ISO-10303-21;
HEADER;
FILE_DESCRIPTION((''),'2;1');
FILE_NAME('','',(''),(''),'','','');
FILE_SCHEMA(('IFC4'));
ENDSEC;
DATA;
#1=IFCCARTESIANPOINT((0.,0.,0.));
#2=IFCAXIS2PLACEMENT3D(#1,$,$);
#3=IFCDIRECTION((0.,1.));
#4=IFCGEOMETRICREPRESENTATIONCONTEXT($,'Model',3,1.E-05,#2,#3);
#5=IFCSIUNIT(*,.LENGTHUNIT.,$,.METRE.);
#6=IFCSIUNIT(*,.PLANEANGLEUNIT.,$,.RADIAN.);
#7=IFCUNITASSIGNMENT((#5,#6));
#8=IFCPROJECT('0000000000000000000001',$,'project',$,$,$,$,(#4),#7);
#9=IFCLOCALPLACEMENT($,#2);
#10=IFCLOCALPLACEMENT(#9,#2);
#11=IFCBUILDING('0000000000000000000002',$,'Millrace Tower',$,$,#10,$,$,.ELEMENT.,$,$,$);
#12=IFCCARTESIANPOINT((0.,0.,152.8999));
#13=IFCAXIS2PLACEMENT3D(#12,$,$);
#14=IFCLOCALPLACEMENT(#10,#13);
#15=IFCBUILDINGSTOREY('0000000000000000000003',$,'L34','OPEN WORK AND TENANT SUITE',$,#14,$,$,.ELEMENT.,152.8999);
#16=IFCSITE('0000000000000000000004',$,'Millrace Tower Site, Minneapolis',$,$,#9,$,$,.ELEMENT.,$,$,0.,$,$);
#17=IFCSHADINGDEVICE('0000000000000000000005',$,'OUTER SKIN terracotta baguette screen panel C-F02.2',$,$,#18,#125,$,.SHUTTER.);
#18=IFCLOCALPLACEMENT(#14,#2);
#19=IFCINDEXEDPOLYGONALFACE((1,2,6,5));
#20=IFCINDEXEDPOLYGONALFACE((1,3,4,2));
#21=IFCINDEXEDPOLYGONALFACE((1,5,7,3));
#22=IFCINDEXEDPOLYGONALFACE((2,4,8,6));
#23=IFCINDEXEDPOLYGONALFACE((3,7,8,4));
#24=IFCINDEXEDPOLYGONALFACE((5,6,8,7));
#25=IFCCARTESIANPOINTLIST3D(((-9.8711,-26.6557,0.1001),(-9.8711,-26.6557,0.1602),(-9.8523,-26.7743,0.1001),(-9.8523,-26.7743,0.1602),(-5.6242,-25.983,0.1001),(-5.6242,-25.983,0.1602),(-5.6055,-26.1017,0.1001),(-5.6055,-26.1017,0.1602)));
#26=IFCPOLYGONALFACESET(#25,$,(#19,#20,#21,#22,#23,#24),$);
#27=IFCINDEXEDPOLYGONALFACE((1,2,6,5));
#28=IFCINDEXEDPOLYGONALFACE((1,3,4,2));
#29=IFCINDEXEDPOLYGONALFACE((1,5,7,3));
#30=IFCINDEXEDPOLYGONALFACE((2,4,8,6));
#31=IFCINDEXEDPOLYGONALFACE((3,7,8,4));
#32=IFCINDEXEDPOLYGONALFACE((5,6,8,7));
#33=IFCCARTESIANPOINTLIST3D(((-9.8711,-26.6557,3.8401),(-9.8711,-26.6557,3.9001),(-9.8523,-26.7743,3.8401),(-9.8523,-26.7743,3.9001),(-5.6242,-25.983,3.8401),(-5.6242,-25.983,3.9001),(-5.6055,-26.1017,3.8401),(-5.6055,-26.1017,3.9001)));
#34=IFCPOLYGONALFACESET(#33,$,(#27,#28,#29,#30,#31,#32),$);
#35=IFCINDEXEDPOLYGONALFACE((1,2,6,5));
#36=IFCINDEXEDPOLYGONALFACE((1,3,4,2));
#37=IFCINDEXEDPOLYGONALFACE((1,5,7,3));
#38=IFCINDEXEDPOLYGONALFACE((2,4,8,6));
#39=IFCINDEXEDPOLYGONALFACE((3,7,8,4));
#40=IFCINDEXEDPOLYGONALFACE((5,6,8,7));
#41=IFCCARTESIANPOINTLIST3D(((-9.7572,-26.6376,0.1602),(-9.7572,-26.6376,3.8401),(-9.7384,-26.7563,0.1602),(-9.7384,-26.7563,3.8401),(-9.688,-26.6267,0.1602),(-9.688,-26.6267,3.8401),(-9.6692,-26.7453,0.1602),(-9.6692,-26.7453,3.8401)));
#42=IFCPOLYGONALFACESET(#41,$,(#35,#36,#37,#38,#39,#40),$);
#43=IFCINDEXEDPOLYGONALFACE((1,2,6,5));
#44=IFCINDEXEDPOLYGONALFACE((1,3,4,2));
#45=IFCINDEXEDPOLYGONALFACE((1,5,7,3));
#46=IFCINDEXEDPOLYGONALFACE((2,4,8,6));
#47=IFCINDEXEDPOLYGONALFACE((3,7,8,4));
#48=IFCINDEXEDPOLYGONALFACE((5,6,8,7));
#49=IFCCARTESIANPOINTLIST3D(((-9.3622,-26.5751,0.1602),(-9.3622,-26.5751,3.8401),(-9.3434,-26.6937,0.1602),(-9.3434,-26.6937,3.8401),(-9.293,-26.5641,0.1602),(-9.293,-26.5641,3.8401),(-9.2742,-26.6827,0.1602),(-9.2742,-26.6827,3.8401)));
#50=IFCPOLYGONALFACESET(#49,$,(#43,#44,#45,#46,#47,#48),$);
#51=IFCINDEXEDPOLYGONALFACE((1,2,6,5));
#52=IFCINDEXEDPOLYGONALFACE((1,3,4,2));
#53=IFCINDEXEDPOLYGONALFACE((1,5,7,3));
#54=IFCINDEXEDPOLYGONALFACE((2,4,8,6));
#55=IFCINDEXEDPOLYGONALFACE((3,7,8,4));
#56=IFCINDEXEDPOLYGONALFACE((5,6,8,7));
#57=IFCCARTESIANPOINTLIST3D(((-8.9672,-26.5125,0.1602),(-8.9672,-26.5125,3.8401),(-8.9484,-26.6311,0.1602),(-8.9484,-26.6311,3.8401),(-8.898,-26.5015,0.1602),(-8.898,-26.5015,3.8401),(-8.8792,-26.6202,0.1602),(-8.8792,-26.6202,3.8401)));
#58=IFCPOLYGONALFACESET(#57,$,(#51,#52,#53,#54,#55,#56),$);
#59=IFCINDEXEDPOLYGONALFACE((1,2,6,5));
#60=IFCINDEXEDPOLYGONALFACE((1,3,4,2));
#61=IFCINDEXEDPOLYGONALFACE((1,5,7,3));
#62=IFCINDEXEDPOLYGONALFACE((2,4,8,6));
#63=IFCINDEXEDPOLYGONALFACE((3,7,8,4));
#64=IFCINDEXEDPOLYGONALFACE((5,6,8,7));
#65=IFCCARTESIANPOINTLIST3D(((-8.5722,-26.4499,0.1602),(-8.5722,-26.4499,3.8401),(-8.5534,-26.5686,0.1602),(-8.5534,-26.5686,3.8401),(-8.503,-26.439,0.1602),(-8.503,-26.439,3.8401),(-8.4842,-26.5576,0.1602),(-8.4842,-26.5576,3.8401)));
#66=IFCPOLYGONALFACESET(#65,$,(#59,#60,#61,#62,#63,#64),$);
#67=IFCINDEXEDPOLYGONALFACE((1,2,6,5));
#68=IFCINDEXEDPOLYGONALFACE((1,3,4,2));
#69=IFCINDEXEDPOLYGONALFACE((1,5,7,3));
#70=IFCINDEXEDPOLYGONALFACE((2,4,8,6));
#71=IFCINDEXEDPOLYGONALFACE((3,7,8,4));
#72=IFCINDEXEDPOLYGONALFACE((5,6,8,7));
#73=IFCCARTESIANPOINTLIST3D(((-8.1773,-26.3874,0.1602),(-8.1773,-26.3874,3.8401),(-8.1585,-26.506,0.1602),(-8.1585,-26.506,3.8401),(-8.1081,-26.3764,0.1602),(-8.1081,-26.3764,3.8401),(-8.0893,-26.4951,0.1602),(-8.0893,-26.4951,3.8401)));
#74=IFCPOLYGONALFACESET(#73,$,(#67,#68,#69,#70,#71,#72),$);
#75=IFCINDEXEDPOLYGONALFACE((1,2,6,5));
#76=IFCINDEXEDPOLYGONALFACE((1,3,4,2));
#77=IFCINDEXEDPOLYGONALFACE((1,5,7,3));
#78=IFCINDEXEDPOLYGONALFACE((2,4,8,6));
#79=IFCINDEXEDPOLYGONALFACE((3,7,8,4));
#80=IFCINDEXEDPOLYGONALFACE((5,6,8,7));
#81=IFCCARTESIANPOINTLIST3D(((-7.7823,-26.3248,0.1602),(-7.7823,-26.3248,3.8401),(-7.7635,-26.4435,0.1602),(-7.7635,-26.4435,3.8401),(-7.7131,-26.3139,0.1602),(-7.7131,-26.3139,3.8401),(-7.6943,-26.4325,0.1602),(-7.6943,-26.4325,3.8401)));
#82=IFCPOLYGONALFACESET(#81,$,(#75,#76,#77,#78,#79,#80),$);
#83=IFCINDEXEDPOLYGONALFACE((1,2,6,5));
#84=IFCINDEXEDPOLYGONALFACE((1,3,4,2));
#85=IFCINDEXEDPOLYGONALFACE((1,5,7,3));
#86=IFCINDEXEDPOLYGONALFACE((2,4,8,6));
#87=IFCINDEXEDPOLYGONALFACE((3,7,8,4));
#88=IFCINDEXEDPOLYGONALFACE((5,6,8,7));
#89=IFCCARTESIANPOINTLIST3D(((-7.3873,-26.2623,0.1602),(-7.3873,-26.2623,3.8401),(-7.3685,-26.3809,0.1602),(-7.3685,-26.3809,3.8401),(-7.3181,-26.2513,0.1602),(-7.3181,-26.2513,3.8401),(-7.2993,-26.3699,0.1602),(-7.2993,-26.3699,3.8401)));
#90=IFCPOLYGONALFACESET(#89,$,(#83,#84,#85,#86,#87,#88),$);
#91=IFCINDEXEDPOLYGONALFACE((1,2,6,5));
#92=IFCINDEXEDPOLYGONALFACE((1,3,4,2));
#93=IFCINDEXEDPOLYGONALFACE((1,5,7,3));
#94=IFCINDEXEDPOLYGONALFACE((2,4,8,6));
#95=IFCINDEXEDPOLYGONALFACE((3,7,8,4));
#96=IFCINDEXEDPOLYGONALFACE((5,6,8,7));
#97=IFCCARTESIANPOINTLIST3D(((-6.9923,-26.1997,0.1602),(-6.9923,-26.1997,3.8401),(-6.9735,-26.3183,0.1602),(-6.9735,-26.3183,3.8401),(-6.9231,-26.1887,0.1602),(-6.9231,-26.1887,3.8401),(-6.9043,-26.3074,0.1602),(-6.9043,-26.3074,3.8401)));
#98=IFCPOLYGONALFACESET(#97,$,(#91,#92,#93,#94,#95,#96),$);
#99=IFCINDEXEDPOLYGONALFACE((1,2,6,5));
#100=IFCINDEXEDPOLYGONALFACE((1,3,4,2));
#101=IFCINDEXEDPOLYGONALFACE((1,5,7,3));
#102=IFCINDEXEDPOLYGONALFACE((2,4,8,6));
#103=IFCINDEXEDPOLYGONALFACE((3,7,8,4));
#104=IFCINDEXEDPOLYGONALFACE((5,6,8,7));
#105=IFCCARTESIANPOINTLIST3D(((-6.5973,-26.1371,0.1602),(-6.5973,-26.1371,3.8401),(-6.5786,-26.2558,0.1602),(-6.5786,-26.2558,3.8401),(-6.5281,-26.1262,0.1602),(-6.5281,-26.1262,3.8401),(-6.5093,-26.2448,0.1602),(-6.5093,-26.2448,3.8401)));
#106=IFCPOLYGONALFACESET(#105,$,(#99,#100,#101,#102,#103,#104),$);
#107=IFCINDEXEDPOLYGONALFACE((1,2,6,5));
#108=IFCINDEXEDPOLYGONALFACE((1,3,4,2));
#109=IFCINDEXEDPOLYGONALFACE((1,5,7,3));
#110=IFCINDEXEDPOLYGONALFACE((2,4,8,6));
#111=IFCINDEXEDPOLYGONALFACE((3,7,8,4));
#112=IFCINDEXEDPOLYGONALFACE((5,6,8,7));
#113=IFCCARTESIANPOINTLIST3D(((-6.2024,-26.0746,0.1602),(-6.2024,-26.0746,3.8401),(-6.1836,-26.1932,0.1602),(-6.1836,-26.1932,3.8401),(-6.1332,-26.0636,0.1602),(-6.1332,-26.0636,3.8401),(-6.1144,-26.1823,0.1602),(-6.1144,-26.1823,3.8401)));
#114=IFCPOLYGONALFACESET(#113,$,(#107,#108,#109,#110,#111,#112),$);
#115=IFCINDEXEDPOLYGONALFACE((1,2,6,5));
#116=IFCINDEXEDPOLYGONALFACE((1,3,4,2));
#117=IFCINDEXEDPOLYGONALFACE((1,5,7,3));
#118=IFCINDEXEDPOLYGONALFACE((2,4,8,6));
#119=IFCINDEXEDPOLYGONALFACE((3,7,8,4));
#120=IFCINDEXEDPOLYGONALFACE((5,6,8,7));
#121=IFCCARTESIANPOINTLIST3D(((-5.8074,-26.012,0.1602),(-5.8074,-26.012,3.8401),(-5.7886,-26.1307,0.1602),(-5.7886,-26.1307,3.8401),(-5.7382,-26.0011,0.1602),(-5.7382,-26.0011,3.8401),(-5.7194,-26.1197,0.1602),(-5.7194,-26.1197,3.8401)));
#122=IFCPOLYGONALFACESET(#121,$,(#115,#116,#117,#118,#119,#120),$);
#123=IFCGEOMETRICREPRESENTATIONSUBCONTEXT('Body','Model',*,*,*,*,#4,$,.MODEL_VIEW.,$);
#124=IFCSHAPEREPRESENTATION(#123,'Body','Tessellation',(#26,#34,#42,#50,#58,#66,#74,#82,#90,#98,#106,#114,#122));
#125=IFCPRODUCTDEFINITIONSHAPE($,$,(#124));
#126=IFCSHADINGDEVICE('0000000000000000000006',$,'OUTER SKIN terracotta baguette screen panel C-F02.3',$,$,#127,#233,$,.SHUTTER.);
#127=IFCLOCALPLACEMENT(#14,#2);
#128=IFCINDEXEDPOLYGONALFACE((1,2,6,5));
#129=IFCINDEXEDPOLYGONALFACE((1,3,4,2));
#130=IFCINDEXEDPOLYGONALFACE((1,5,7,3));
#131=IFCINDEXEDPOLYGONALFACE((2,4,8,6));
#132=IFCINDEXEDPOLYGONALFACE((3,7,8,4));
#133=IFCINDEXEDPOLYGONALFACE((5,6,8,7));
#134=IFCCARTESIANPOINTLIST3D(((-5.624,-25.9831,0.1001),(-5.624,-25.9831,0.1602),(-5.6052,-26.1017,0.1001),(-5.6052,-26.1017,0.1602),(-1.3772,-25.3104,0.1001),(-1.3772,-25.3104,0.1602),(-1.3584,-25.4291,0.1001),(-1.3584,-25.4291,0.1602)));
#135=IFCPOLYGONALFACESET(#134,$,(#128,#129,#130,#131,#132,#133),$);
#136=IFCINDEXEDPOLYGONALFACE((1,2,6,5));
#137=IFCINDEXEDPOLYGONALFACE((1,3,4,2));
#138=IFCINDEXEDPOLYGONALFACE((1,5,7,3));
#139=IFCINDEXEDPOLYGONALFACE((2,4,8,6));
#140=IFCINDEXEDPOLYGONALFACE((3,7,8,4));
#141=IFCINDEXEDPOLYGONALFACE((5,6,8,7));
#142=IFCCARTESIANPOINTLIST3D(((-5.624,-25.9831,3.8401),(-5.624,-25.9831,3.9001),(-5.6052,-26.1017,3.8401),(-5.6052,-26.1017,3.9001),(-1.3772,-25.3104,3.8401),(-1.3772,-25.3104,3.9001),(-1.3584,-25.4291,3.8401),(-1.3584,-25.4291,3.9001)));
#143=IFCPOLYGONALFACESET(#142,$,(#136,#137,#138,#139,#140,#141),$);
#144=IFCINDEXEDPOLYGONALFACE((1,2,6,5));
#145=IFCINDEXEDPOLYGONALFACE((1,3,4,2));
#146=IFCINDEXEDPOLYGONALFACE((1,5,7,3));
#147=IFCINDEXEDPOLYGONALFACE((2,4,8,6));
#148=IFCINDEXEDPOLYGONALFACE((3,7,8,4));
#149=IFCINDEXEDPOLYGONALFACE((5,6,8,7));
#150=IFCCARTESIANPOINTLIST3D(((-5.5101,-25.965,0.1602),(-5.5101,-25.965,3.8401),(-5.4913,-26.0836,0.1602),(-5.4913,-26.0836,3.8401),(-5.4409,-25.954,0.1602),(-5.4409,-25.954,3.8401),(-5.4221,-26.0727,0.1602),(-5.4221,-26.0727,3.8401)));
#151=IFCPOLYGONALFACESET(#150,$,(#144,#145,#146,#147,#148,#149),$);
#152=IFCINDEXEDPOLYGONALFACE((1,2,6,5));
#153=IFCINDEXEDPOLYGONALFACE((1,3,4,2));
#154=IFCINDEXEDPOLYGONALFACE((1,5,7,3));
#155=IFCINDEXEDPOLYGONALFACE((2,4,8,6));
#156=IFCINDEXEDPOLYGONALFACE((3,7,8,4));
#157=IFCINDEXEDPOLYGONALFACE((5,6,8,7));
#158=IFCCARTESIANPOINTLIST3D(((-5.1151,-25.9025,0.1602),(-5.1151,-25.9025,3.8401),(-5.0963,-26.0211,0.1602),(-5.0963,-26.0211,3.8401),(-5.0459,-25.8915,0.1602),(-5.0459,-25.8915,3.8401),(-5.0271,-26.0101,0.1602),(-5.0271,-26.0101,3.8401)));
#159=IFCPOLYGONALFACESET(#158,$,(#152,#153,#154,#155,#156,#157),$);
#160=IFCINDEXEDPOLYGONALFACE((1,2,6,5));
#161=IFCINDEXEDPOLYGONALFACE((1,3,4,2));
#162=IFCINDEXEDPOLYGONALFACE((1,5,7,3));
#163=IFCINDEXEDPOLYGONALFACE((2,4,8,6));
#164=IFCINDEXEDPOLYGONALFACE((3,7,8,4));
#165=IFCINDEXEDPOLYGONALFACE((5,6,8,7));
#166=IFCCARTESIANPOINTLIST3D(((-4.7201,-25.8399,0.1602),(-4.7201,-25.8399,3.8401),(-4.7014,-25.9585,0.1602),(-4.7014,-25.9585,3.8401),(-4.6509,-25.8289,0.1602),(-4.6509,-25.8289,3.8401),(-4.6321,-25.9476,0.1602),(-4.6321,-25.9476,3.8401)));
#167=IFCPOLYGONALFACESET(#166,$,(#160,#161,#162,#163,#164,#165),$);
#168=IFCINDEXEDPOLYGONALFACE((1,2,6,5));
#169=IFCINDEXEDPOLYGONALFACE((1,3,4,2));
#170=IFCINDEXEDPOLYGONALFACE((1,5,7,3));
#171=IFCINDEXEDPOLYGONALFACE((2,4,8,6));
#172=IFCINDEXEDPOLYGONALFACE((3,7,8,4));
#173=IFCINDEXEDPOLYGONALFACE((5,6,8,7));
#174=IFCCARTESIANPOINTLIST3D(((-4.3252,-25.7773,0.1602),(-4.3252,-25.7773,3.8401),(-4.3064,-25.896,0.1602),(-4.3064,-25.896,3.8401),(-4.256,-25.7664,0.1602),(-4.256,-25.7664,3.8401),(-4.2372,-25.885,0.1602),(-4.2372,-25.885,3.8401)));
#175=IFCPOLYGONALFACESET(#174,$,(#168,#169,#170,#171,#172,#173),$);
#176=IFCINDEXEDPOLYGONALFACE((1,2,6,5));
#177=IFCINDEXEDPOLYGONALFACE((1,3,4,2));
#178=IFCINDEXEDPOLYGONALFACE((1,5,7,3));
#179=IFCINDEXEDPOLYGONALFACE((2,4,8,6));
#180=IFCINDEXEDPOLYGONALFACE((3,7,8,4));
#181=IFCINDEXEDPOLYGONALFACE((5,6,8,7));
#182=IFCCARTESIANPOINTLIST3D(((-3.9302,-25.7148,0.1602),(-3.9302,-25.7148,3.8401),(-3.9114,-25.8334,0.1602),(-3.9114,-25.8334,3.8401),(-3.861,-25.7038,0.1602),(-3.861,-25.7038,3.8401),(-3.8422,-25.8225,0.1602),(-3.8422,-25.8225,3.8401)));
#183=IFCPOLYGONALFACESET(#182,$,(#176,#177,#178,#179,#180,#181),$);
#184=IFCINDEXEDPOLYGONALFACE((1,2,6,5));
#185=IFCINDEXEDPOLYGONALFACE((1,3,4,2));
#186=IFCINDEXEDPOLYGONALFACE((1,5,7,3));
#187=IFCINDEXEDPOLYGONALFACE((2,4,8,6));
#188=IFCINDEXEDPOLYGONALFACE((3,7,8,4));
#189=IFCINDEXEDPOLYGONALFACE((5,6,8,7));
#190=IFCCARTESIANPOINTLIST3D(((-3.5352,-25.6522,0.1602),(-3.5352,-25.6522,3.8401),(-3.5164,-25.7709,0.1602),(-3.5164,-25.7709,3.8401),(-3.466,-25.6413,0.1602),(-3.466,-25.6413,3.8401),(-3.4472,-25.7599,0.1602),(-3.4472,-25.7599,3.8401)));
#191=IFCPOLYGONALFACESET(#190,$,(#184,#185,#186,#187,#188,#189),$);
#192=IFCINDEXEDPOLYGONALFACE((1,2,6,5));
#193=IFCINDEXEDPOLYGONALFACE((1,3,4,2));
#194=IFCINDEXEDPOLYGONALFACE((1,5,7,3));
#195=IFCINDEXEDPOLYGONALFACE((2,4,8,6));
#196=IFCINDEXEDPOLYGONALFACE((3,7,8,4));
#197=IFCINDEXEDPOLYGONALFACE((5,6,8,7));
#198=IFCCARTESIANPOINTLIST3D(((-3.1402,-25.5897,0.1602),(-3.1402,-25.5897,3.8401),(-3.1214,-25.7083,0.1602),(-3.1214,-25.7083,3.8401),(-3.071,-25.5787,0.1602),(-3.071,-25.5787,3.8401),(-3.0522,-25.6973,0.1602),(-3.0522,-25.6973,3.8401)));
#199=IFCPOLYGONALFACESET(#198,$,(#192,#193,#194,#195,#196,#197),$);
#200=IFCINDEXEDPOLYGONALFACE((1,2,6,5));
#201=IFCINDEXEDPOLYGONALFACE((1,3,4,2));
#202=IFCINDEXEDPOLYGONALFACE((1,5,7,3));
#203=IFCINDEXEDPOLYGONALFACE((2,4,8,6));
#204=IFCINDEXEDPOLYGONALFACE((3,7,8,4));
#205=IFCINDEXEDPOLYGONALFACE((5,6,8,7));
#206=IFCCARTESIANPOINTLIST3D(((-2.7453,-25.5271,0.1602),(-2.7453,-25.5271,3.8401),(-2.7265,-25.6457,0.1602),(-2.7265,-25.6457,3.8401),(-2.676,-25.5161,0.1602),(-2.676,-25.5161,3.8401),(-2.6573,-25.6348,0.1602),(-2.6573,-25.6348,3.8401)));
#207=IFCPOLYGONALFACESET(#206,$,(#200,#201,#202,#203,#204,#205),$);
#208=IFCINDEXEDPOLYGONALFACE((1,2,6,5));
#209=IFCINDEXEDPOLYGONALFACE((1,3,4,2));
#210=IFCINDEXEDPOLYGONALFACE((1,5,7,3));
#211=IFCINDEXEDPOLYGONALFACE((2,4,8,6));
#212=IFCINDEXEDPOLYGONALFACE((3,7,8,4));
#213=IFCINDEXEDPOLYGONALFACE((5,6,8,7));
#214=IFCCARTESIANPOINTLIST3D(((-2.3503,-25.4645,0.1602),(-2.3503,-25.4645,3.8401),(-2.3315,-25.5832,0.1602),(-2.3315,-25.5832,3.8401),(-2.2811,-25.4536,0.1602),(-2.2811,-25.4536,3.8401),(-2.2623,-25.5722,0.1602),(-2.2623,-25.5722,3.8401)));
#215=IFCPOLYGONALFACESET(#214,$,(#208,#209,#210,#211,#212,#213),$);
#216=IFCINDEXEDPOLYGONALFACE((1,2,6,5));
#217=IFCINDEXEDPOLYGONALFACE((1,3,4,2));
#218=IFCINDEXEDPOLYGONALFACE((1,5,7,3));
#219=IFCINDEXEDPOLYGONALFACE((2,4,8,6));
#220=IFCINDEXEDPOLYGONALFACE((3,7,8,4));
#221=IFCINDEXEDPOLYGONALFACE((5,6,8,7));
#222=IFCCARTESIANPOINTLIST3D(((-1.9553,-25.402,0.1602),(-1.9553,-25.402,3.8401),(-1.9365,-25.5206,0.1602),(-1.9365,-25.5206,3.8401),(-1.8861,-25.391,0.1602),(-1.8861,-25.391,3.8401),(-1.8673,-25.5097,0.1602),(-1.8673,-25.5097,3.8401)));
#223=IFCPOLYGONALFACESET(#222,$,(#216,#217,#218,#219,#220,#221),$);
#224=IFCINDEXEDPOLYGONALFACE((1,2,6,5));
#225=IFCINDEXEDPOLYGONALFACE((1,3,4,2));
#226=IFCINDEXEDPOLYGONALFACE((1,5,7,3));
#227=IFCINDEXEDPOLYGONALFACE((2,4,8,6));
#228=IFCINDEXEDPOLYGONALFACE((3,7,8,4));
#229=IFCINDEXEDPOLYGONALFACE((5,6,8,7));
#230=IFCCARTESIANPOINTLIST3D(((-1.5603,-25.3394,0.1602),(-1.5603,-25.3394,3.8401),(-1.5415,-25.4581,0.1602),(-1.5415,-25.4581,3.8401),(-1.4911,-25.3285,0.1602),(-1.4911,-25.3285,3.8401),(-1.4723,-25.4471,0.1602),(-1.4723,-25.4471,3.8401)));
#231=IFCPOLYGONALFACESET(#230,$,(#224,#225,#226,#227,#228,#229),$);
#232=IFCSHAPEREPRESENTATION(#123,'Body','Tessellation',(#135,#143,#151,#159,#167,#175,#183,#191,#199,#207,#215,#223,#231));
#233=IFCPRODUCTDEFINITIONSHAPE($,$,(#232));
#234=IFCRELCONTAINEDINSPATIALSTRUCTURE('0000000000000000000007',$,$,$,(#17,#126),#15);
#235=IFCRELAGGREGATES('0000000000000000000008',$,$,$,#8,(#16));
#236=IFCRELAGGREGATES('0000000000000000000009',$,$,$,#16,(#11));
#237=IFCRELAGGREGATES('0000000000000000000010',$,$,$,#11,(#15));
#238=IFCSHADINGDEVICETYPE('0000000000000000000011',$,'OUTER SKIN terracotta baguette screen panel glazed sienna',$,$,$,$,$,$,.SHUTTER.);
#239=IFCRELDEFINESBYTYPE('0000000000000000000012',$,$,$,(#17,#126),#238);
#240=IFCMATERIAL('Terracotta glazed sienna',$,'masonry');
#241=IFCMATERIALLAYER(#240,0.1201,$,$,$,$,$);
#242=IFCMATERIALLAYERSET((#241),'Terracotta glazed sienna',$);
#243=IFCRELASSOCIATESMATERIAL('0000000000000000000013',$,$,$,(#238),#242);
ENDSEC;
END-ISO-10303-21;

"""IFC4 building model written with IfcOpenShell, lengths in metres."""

from ifc_helpers import new_model, entity, si_unit, direction, frame, frame_2d, origin, origin_2d, place, context, subcontext, project, spatial, rectangle, extrude, source, transform, mapped, material, layer, layer_set, type_object, element, save


model = new_model("IFC4")

# Units and contexts
model_context = context("Model", 3, precision=1e-05, world=origin(), true_north=direction((0.0, 1.0)))
body_context = subcontext(model_context, "Body", "Model", "MODEL_VIEW")
ifc_project = project(units=[si_unit("LENGTHUNIT", "METRE"), si_unit("PLANEANGLEUNIT", "RADIAN")], contexts=[model_context])

# Site, building, storey
site_placement = place(None, origin())
site = spatial("IfcSite", under=ifc_project, at=site_placement, Name="Millrace Tower Site, Minneapolis", CompositionType="ELEMENT", RefElevation=0.0)
building_placement = place(site_placement, origin())
building = spatial("IfcBuilding", under=site, at=building_placement, Name="Millrace Tower", CompositionType="ELEMENT")
storey_placement = place(building_placement, frame((0.0, 0.0, 152.8999)))
storey = spatial("IfcBuildingStorey", under=building, at=storey_placement, Name="L34", Description="OPEN WORK AND TENANT SUITE", CompositionType="ELEMENT", Elevation=152.8999)

# Shading devices
ifc_material_1 = material(Name="Terracotta glazed sienna", Category="masonry")
ifc_layer_1 = layer(ifc_material_1, 0.1201)
ifc_layer_set_1 = layer_set([ifc_layer_1], Name="Terracotta glazed sienna")
shading_device_type = type_object("IfcShadingDeviceType", Name="OUTER SKIN terracotta baguette screen panel glazed sienna", PredefinedType="SHUTTER", material=ifc_layer_set_1)
cartesian_point_1 = entity("IfcCartesianPoint", [-2.1499, 0.0601])
shared_polyline_1 = entity("IfcPolyline", [cartesian_point_1, entity("IfcCartesianPoint", [2.1499, 0.0601]), entity("IfcCartesianPoint", [2.1499, -0.0601]), entity("IfcCartesianPoint", [-2.1499, -0.0601]), cartesian_point_1])
shared_shape_1 = source(origin(), body_context, "Body", "SweptSolid", [
    entity("IfcExtrudedAreaSolid", entity("IfcArbitraryClosedProfileDef", "AREA", None, shared_polyline_1), entity("IfcAxis2Placement3D", entity("IfcCartesianPoint", [0.0, 0.0, 0.0])), entity("IfcDirection", [0.0, 0.0, 1.0]), 0.0601),
    entity("IfcExtrudedAreaSolid", entity("IfcArbitraryClosedProfileDef", "AREA", None, shared_polyline_1), entity("IfcAxis2Placement3D", entity("IfcCartesianPoint", [0.0, 0.0, 3.74])), entity("IfcDirection", [0.0, 0.0, 1.0]), 0.0601),
    extrude(rectangle(XDim=0.0701, YDim=0.1201, at=frame_2d((-1.9995, 0.0))), frame((0.0, 0.0, 0.0601)), (0.0, 0.0, 1.0), 3.6799),
    extrude(rectangle(XDim=0.0701, YDim=0.1201, at=frame_2d((-1.5996, 0.0))), frame((0.0, 0.0, 0.0601)), (0.0, 0.0, 1.0), 3.6799),
    extrude(rectangle(XDim=0.0701, YDim=0.1201, at=frame_2d((-1.1997, 0.0))), frame((0.0, 0.0, 0.0601)), (0.0, 0.0, 1.0), 3.6799),
    extrude(rectangle(XDim=0.0701, YDim=0.1201, at=frame_2d((-0.7998, 0.0))), frame((0.0, 0.0, 0.0601)), (0.0, 0.0, 1.0), 3.6799),
    extrude(rectangle(XDim=0.0701, YDim=0.1201, at=frame_2d((-0.3999, 0.0))), frame((0.0, 0.0, 0.0601)), (0.0, 0.0, 1.0), 3.6799),
    extrude(rectangle(XDim=0.0701, YDim=0.1201, at=origin_2d()), frame((0.0, 0.0, 0.0601)), (0.0, 0.0, 1.0), 3.6799),
    extrude(rectangle(XDim=0.0701, YDim=0.1201, at=frame_2d((0.3999, 0.0))), frame((0.0, 0.0, 0.0601)), (0.0, 0.0, 1.0), 3.6799),
    extrude(rectangle(XDim=0.0701, YDim=0.1201, at=frame_2d((0.7998, 0.0))), frame((0.0, 0.0, 0.0601)), (0.0, 0.0, 1.0), 3.6799),
    extrude(rectangle(XDim=0.0701, YDim=0.1201, at=frame_2d((1.1997, 0.0))), frame((0.0, 0.0, 0.0601)), (0.0, 0.0, 1.0), 3.6799),
    extrude(rectangle(XDim=0.0701, YDim=0.1201, at=frame_2d((1.5996, 0.0))), frame((0.0, 0.0, 0.0601)), (0.0, 0.0, 1.0), 3.6799),
    extrude(rectangle(XDim=0.0701, YDim=0.1201, at=frame_2d((1.9995, 0.0))), frame((0.0, 0.0, 0.0601)), (0.0, 0.0, 1.0), 3.6799),
])
for number, where, z_axis, x_axis, name in (
    (1, (-7.7383, -26.3787, 0.1001), (0.0, 0.0, 1.0), (0.987688, 0.156434, 0.0), "OUTER SKIN terracotta baguette screen panel C-F02.2"),
    (2, (-3.4912, -25.7061, 0.1001), (0.0, 0.0, 1.0), (0.987688, 0.156434, 0.0), "OUTER SKIN terracotta baguette screen panel C-F02.3"),
):
    element("IfcShadingDevice", number, at=place(storey_placement, frame(where, z_axis=z_axis, x_axis=x_axis)), inside=storey, type_object=shading_device_type, Name=name, PredefinedType="SHUTTER", context=body_context, shape_type="MappedRepresentation", body=[
        mapped(shared_shape_1, transform((0.0, 0.0, 0.0), scale=1.0)),
    ])

save(model, "model.ifc")
